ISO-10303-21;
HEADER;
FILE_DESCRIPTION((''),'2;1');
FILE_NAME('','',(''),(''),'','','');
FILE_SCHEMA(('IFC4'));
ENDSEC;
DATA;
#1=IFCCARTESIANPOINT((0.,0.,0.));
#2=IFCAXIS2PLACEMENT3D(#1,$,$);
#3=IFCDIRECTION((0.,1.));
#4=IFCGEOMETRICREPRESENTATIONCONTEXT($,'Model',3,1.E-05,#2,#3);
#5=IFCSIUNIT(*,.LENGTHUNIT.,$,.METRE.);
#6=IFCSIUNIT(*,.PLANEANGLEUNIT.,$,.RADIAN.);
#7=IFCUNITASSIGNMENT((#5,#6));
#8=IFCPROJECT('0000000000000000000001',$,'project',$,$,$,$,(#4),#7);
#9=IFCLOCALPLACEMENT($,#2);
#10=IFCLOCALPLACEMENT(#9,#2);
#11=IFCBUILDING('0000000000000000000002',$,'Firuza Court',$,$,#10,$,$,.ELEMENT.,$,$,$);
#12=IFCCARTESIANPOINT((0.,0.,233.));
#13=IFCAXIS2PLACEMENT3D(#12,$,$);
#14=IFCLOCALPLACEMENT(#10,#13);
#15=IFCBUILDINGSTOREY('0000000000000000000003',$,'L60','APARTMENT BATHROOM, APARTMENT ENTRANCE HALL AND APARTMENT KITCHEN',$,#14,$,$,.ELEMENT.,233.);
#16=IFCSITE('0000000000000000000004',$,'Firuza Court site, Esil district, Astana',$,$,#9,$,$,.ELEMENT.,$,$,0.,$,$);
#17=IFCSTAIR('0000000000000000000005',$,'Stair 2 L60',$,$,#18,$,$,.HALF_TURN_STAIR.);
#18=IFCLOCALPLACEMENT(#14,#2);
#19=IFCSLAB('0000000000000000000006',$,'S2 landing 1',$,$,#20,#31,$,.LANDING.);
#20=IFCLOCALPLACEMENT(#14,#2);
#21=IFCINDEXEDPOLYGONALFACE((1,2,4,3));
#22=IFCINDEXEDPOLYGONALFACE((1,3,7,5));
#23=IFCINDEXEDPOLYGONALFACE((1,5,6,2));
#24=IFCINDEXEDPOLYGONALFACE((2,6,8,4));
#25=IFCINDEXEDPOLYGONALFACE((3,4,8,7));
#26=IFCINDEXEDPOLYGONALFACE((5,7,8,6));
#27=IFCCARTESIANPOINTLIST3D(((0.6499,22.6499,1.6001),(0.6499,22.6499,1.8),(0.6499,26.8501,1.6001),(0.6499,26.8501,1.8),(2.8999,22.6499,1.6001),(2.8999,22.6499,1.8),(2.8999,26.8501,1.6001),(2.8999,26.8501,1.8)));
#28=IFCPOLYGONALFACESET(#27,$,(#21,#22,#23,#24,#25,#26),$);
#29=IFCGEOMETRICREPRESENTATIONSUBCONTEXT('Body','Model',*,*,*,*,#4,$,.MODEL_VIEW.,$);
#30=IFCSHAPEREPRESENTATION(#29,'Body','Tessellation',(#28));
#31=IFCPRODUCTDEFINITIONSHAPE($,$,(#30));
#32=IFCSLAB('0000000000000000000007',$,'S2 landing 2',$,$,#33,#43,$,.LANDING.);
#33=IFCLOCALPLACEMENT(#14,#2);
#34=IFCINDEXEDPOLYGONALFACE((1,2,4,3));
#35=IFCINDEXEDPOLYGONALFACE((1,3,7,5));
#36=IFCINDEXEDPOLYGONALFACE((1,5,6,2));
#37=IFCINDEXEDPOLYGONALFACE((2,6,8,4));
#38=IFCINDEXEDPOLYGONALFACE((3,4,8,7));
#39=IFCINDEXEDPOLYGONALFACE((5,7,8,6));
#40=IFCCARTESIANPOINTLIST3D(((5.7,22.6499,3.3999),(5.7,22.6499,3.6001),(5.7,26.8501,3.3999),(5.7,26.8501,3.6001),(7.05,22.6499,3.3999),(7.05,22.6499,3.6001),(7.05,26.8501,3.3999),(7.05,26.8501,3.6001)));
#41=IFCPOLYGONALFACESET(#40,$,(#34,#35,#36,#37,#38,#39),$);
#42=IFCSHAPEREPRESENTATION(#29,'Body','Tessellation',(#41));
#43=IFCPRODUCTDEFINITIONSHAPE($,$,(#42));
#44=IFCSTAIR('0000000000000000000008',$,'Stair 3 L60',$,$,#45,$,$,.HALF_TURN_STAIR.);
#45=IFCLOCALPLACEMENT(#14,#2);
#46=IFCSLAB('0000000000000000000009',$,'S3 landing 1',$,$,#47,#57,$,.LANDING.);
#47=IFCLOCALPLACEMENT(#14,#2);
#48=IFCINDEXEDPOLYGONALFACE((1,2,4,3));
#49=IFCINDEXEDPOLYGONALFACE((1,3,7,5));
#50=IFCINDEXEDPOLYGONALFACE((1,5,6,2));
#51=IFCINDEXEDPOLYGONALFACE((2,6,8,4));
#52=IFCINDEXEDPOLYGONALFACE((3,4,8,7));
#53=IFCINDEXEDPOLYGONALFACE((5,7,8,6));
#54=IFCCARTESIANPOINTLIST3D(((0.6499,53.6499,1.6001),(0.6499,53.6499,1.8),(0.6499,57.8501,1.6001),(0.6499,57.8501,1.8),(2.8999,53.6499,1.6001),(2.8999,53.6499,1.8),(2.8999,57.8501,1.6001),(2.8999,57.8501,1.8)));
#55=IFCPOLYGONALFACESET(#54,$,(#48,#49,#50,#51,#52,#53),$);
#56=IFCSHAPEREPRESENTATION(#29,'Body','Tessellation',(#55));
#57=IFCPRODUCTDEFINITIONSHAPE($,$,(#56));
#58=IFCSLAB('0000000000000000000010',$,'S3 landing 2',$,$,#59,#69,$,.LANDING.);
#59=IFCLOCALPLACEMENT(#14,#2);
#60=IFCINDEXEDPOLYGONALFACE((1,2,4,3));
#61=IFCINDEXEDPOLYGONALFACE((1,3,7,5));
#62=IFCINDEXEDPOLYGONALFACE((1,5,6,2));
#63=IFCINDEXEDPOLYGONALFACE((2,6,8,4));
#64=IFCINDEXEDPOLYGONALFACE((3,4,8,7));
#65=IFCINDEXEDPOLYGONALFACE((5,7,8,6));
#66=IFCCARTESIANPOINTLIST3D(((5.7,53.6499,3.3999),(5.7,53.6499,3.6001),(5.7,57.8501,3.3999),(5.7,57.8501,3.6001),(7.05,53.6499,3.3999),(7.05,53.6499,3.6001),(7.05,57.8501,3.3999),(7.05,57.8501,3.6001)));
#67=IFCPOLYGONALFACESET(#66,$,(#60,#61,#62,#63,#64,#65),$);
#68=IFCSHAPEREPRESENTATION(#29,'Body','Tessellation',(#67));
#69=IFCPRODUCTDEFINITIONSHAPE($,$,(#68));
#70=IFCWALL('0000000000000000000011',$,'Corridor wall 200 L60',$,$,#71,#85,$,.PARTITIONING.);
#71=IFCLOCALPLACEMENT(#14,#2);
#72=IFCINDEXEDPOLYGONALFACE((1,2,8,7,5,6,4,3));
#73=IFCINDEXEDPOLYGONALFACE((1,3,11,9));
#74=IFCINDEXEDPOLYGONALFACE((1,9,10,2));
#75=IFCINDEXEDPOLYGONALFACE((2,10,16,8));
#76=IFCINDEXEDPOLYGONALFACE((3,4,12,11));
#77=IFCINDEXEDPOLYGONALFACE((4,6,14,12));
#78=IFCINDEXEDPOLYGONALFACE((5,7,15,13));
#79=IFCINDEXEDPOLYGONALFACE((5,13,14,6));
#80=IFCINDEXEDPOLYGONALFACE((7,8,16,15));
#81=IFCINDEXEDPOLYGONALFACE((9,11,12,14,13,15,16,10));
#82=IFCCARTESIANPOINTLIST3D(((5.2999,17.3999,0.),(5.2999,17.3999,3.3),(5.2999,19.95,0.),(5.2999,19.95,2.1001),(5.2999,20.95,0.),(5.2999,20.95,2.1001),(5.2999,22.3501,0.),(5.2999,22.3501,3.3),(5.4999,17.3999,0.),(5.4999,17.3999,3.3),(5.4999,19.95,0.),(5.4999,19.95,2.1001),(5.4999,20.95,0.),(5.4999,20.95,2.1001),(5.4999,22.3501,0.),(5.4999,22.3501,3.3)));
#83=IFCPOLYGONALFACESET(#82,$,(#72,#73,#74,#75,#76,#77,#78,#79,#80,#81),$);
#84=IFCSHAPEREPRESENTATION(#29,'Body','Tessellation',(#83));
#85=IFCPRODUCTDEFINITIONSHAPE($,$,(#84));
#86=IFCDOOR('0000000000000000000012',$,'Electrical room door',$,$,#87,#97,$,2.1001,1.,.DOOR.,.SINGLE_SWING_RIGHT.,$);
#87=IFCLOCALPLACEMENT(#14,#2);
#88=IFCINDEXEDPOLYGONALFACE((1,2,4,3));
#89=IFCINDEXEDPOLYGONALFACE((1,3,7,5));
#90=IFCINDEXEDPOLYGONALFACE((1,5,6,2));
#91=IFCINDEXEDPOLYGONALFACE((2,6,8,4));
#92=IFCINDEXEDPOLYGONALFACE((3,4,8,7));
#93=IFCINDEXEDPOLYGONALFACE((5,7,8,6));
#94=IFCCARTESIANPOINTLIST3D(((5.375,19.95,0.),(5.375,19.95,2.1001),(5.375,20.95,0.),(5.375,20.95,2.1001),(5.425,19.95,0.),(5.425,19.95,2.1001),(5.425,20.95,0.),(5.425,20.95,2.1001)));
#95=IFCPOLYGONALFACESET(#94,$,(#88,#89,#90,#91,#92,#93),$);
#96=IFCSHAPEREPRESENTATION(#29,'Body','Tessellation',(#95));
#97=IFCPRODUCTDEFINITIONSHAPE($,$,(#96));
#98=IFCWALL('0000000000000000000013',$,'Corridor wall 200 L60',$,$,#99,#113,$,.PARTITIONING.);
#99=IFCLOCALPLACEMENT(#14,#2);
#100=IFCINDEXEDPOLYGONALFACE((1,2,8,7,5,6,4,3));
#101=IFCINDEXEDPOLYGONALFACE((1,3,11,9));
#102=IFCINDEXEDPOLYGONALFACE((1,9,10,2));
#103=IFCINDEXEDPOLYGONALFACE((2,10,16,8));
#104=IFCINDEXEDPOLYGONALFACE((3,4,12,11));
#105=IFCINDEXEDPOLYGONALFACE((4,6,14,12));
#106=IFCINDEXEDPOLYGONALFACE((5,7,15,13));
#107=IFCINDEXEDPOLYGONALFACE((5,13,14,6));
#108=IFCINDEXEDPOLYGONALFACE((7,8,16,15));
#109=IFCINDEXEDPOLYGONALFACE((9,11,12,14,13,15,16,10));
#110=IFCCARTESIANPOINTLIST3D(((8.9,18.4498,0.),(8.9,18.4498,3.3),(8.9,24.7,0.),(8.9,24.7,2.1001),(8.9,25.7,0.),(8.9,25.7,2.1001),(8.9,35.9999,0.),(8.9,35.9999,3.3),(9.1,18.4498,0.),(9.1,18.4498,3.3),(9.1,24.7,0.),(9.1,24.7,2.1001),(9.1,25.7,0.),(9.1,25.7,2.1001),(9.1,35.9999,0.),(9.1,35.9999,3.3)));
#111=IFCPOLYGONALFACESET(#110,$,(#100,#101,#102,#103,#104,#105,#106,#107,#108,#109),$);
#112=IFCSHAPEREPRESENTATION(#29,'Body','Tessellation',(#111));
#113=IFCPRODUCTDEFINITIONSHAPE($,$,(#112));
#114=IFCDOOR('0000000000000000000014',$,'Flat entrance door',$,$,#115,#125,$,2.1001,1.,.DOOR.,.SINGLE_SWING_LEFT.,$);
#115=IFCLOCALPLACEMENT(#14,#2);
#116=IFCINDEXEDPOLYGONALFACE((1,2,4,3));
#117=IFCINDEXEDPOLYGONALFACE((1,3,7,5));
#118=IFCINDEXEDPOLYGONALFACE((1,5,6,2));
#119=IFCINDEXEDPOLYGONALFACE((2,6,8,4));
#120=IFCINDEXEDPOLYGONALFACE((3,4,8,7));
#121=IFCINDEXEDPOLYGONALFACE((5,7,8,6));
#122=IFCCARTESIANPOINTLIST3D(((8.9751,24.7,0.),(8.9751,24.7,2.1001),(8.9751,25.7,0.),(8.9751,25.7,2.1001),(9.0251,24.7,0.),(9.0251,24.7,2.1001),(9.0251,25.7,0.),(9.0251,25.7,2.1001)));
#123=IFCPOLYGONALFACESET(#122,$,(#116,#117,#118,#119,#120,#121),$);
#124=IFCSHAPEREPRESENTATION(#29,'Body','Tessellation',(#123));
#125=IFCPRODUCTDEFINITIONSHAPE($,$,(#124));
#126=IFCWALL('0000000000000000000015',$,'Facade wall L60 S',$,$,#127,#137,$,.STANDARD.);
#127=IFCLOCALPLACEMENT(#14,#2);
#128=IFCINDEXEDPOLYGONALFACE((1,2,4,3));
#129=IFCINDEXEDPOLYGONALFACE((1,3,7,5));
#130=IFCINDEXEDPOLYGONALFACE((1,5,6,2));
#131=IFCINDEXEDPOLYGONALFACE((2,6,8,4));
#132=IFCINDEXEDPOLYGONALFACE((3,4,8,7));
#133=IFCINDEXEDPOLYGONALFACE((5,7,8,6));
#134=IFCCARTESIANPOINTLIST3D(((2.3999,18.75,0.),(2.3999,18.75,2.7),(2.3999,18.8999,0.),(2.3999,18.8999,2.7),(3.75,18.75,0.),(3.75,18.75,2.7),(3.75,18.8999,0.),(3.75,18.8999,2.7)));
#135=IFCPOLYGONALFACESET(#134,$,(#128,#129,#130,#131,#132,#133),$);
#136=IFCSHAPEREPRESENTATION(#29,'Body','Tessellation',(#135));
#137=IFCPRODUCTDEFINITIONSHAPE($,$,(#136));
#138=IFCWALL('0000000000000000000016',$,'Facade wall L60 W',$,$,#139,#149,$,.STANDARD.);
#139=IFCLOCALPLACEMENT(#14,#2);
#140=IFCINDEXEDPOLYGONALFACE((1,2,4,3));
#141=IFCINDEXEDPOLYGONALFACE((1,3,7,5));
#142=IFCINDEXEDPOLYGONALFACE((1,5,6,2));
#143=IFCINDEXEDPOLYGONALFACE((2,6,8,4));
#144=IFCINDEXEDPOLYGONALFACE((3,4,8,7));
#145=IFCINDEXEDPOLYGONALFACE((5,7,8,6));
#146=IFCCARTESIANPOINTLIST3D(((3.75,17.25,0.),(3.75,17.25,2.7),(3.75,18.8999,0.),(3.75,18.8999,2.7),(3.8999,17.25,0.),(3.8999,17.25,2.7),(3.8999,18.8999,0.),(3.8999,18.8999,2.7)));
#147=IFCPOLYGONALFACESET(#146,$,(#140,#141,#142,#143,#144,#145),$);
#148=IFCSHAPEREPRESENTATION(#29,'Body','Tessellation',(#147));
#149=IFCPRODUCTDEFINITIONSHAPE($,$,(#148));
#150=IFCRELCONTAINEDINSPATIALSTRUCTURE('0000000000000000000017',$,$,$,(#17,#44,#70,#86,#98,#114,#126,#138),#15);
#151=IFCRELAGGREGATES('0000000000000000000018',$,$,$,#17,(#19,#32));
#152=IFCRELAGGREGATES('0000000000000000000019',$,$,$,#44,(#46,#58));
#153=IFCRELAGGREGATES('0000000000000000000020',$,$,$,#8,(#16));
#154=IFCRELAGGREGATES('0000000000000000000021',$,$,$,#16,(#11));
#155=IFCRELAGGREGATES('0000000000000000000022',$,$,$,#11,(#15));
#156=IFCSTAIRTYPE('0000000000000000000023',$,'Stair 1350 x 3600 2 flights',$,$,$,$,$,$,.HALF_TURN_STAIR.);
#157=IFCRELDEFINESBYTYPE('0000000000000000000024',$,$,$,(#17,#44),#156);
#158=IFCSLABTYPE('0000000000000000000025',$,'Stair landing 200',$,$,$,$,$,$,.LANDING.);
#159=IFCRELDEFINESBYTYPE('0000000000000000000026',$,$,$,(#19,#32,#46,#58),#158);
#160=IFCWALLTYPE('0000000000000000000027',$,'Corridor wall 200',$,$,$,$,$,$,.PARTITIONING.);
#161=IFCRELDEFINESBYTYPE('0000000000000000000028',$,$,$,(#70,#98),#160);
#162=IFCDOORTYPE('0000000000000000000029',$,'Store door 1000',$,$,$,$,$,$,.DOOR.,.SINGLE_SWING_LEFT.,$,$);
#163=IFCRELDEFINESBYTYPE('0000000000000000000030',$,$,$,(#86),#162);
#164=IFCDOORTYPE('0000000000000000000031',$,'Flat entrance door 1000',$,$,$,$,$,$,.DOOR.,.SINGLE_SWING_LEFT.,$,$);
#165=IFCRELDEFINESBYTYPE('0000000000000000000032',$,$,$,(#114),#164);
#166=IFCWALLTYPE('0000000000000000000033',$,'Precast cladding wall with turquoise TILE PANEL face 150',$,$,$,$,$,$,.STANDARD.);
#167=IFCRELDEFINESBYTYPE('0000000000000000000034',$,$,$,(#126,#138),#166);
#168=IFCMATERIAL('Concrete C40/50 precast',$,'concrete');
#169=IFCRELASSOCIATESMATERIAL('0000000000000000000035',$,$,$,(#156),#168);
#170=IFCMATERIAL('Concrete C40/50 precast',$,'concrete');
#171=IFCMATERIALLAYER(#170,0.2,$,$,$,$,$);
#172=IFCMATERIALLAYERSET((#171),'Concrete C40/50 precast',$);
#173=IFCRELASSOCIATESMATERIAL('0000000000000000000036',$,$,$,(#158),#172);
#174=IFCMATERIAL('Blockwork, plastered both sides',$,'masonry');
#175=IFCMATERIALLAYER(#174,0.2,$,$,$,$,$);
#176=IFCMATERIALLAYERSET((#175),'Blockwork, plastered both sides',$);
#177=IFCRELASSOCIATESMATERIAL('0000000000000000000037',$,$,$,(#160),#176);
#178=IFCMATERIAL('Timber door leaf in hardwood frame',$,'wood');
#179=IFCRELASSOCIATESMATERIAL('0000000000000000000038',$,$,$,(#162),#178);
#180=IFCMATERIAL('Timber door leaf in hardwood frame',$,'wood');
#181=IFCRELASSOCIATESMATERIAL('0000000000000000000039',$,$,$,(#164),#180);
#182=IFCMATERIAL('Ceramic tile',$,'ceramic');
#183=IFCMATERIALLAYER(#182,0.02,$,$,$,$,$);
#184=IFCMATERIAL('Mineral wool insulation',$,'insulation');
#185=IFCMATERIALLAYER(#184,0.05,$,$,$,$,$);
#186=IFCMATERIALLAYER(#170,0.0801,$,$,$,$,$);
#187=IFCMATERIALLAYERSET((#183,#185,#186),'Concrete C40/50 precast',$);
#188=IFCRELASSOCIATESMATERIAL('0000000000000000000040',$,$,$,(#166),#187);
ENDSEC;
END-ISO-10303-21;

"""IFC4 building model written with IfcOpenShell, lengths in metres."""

from ifc_helpers import new_model, si_unit, direction, frame, frame_2d, origin, place, context, subcontext, project, spatial, polyline, rectangle, outline, extrude, material, layer, layer_set, type_object, element, fill, aggregate, save


model = new_model("IFC4")

# Units and contexts
model_context = context("Model", 3, precision=1e-05, world=origin(), true_north=direction((0.0, 1.0)))
body_context = subcontext(model_context, "Body", "Model", "MODEL_VIEW")
ifc_project = project(units=[si_unit("LENGTHUNIT", "METRE"), si_unit("PLANEANGLEUNIT", "RADIAN")], contexts=[model_context])

# Site, building, storey
site_placement = place(None, origin())
site = spatial("IfcSite", under=ifc_project, at=site_placement, Name="Firuza Court site, Esil district, Astana", CompositionType="ELEMENT", RefElevation=0.0)
building_placement = place(site_placement, origin())
building = spatial("IfcBuilding", under=site, at=building_placement, Name="Firuza Court", CompositionType="ELEMENT")
storey_placement = place(building_placement, frame((0.0, 0.0, 233.0)))
storey = spatial("IfcBuildingStorey", under=building, at=storey_placement, Name="L60", Description="APARTMENT BATHROOM, APARTMENT ENTRANCE HALL AND APARTMENT KITCHEN", CompositionType="ELEMENT", Elevation=233.0)

# Stairs, slabs
ifc_material_1 = material(Name="Concrete C40/50 precast", Category="concrete")
stair_type = type_object("IfcStairType", Name="Stair 1350 x 3600 2 flights", PredefinedType="HALF_TURN_STAIR", material=ifc_material_1)
ifc_material_2 = material(Name="Concrete C40/50 precast", Category="concrete")
ifc_layer_1 = layer(ifc_material_2, 0.2)
ifc_layer_set_1 = layer_set([ifc_layer_1], Name="Concrete C40/50 precast")
slab_type_1 = type_object("IfcSlabType", Name="Stair landing 200", PredefinedType="LANDING", material=ifc_layer_set_1)
stair_1_placement = place(storey_placement, origin())
stair_1 = element("IfcStair", 1, at=stair_1_placement, inside=storey, type_object=stair_type, Name="Stair 2 L60", PredefinedType="HALF_TURN_STAIR")
slab_1_placement = place(storey_placement, frame((0.0, 0.0, 1.6001)))
slab_1 = element("IfcSlab", 2, at=slab_1_placement, type_object=slab_type_1, Name="S2 landing 1", PredefinedType="LANDING", context=body_context, shape_type="SweptSolid", body=[
    extrude(outline(polyline([(2.8999, 22.6499), (2.8999, 26.8501), (0.6499, 26.8501), (0.6499, 22.6499), (2.8999, 22.6499)])), origin(), (0.0, 0.0, 1.0), 0.2),
])
slab_2_placement = place(storey_placement, frame((0.0, 0.0, 3.3999)))
slab_2 = element("IfcSlab", 3, at=slab_2_placement, type_object=slab_type_1, Name="S2 landing 2", PredefinedType="LANDING", context=body_context, shape_type="SweptSolid", body=[
    extrude(outline(polyline([(7.05, 22.6499), (7.05, 26.8501), (5.7, 26.8501), (5.7, 22.6499), (7.05, 22.6499)])), origin(), (0.0, 0.0, 1.0), 0.2002),
])
aggregate(stair_1, [slab_1, slab_2])
stair_2_placement = place(storey_placement, origin())
stair_2 = element("IfcStair", 4, at=stair_2_placement, inside=storey, type_object=stair_type, Name="Stair 3 L60", PredefinedType="HALF_TURN_STAIR")
slab_3_placement = place(storey_placement, frame((0.0, 0.0, 1.6001)))
slab_3 = element("IfcSlab", 5, at=slab_3_placement, type_object=slab_type_1, Name="S3 landing 1", PredefinedType="LANDING", context=body_context, shape_type="SweptSolid", body=[
    extrude(outline(polyline([(2.8999, 53.6499), (2.8999, 57.8501), (0.6499, 57.8501), (0.6499, 53.6499), (2.8999, 53.6499)])), origin(), (0.0, 0.0, 1.0), 0.2),
])
slab_4_placement = place(storey_placement, frame((0.0, 0.0, 3.3999)))
slab_4 = element("IfcSlab", 6, at=slab_4_placement, type_object=slab_type_1, Name="S3 landing 2", PredefinedType="LANDING", context=body_context, shape_type="SweptSolid", body=[
    extrude(outline(polyline([(7.05, 53.6499), (7.05, 57.8501), (5.7, 57.8501), (5.7, 53.6499), (7.05, 53.6499)])), origin(), (0.0, 0.0, 1.0), 0.2002),
])
aggregate(stair_2, [slab_3, slab_4])

# Walls, openings, doors
ifc_material_3 = material(Name="Blockwork, plastered both sides", Category="masonry")
ifc_layer_2 = layer(ifc_material_3, 0.2)
ifc_layer_set_2 = layer_set([ifc_layer_2], Name="Blockwork, plastered both sides")
wall_type_1 = type_object("IfcWallType", Name="Corridor wall 200", PredefinedType="PARTITIONING", material=ifc_layer_set_2)
wall_1_placement = place(storey_placement, frame((5.3999, 17.3999, 0.0), z_axis=(0.0, 0.0, 1.0), x_axis=(0.0, 1.0, 0.0)))
wall_1 = element("IfcWall", 7, at=wall_1_placement, inside=storey, type_object=wall_type_1, Name="Corridor wall 200 L60", PredefinedType="PARTITIONING", context=body_context, shape_type="SweptSolid", body=[
    extrude(rectangle(XDim=4.9502, YDim=0.2, at=frame_2d((2.4751, 0.0))), origin(), (0.0, 0.0, 1.0), 3.3),
])
opening_1_placement = place(wall_1_placement, frame((2.55, 0.0, 0.0)))
opening_1 = element("IfcOpeningElement", 8, at=opening_1_placement, cuts=wall_1, PredefinedType="OPENING", context=body_context, shape_type="SweptSolid", body=[
    extrude(rectangle(XDim=1.0, YDim=2.1001, at=frame_2d((0.5, 1.05))), frame((0.0, 0.1118, 0.0), z_axis=(0.0, -1.0, 0.0), x_axis=(1.0, 0.0, 0.0)), (0.0, 0.0, 1.0), 0.2239),
])
ifc_material_4 = material(Name="Timber door leaf in hardwood frame", Category="wood")
door_type_1 = type_object("IfcDoorType", Name="Store door 1000", OperationType="SINGLE_SWING_LEFT", PredefinedType="DOOR", material=ifc_material_4)
door_1_placement = place(opening_1_placement, origin())
door_1 = element("IfcDoor", 9, at=door_1_placement, inside=storey, type_object=door_type_1, Name="Electrical room door", OperationType="SINGLE_SWING_RIGHT", OverallHeight=2.1001, OverallWidth=1.0, PredefinedType="DOOR", context=body_context, shape_type="SweptSolid", body=[
    extrude(rectangle(XDim=1.0, YDim=2.1001, at=frame_2d((0.5, 1.05))), frame((0.0, 0.0249, 0.0), z_axis=(0.0, -1.0, 0.0), x_axis=(1.0, 0.0, 0.0)), (0.0, 0.0, 1.0), 0.05),
])
fill(opening_1, door_1)
wall_2_placement = place(storey_placement, frame((9.0, 18.45, 0.0), z_axis=(0.0, 0.0, 1.0), x_axis=(0.0, 1.0, 0.0)))
wall_2 = element("IfcWall", 10, at=wall_2_placement, inside=storey, type_object=wall_type_1, Name="Corridor wall 200 L60", PredefinedType="PARTITIONING", context=body_context, shape_type="SweptSolid", body=[
    extrude(rectangle(XDim=17.55, YDim=0.2, at=frame_2d((8.7749, 0.0))), origin(), (0.0, 0.0, 1.0), 3.3),
])
opening_2_placement = place(wall_2_placement, frame((6.25, 0.0, 0.0)))
opening_2 = element("IfcOpeningElement", 11, at=opening_2_placement, cuts=wall_2, PredefinedType="OPENING", context=body_context, shape_type="SweptSolid", body=[
    extrude(rectangle(XDim=1.0, YDim=2.1001, at=frame_2d((0.5, 1.05))), frame((0.0, 0.1118, 0.0), z_axis=(0.0, -1.0, 0.0), x_axis=(1.0, 0.0, 0.0)), (0.0, 0.0, 1.0), 0.2239),
])
ifc_material_5 = material(Name="Timber door leaf in hardwood frame", Category="wood")
door_type_2 = type_object("IfcDoorType", Name="Flat entrance door 1000", OperationType="SINGLE_SWING_LEFT", PredefinedType="DOOR", material=ifc_material_5)
door_2_placement = place(opening_2_placement, origin())
door_2 = element("IfcDoor", 12, at=door_2_placement, inside=storey, type_object=door_type_2, Name="Flat entrance door", OperationType="SINGLE_SWING_LEFT", OverallHeight=2.1001, OverallWidth=1.0, PredefinedType="DOOR", context=body_context, shape_type="SweptSolid", body=[
    extrude(rectangle(XDim=1.0, YDim=2.1001, at=frame_2d((0.5, 1.05))), frame((0.0, 0.0249, 0.0), z_axis=(0.0, -1.0, 0.0), x_axis=(1.0, 0.0, 0.0)), (0.0, 0.0, 1.0), 0.05),
])
fill(opening_2, door_2)

# Walls
ifc_material_6 = material(Name="Ceramic tile", Category="ceramic")
ifc_layer_3 = layer(ifc_material_6, 0.02)
ifc_material_7 = material(Name="Mineral wool insulation", Category="insulation")
ifc_layer_4 = layer(ifc_material_7, 0.05)
ifc_layer_5 = layer(ifc_material_2, 0.0801)
ifc_layer_set_3 = layer_set([ifc_layer_3, ifc_layer_4, ifc_layer_5], Name="Concrete C40/50 precast")
wall_type_2 = type_object("IfcWallType", Name="Precast cladding wall with turquoise TILE PANEL face 150", PredefinedType="STANDARD", material=ifc_layer_set_3)
wall_3_placement = place(storey_placement, frame((2.3999, 18.825, 0.0), z_axis=(0.0, 0.0, 1.0), x_axis=(1.0, 0.0, 0.0)))
element("IfcWall", 13, at=wall_3_placement, inside=storey, type_object=wall_type_2, Name="Facade wall L60 S", PredefinedType="STANDARD", context=body_context, shape_type="SweptSolid", body=[
    extrude(rectangle(XDim=1.3501, YDim=0.1499, at=frame_2d((0.675, 0.0))), origin(), (0.0, 0.0, 1.0), 2.7),
])
wall_4_placement = place(storey_placement, frame((3.825, 18.8999, 0.0), z_axis=(0.0, 0.0, 1.0), x_axis=(0.0, -1.0, 0.0)))
element("IfcWall", 14, at=wall_4_placement, inside=storey, type_object=wall_type_2, Name="Facade wall L60 W", PredefinedType="STANDARD", context=body_context, shape_type="SweptSolid", body=[
    extrude(rectangle(XDim=1.6499, YDim=0.1499, at=frame_2d((0.825, 0.0))), origin(), (0.0, 0.0, 1.0), 2.7),
])

save(model, "model.ifc")
